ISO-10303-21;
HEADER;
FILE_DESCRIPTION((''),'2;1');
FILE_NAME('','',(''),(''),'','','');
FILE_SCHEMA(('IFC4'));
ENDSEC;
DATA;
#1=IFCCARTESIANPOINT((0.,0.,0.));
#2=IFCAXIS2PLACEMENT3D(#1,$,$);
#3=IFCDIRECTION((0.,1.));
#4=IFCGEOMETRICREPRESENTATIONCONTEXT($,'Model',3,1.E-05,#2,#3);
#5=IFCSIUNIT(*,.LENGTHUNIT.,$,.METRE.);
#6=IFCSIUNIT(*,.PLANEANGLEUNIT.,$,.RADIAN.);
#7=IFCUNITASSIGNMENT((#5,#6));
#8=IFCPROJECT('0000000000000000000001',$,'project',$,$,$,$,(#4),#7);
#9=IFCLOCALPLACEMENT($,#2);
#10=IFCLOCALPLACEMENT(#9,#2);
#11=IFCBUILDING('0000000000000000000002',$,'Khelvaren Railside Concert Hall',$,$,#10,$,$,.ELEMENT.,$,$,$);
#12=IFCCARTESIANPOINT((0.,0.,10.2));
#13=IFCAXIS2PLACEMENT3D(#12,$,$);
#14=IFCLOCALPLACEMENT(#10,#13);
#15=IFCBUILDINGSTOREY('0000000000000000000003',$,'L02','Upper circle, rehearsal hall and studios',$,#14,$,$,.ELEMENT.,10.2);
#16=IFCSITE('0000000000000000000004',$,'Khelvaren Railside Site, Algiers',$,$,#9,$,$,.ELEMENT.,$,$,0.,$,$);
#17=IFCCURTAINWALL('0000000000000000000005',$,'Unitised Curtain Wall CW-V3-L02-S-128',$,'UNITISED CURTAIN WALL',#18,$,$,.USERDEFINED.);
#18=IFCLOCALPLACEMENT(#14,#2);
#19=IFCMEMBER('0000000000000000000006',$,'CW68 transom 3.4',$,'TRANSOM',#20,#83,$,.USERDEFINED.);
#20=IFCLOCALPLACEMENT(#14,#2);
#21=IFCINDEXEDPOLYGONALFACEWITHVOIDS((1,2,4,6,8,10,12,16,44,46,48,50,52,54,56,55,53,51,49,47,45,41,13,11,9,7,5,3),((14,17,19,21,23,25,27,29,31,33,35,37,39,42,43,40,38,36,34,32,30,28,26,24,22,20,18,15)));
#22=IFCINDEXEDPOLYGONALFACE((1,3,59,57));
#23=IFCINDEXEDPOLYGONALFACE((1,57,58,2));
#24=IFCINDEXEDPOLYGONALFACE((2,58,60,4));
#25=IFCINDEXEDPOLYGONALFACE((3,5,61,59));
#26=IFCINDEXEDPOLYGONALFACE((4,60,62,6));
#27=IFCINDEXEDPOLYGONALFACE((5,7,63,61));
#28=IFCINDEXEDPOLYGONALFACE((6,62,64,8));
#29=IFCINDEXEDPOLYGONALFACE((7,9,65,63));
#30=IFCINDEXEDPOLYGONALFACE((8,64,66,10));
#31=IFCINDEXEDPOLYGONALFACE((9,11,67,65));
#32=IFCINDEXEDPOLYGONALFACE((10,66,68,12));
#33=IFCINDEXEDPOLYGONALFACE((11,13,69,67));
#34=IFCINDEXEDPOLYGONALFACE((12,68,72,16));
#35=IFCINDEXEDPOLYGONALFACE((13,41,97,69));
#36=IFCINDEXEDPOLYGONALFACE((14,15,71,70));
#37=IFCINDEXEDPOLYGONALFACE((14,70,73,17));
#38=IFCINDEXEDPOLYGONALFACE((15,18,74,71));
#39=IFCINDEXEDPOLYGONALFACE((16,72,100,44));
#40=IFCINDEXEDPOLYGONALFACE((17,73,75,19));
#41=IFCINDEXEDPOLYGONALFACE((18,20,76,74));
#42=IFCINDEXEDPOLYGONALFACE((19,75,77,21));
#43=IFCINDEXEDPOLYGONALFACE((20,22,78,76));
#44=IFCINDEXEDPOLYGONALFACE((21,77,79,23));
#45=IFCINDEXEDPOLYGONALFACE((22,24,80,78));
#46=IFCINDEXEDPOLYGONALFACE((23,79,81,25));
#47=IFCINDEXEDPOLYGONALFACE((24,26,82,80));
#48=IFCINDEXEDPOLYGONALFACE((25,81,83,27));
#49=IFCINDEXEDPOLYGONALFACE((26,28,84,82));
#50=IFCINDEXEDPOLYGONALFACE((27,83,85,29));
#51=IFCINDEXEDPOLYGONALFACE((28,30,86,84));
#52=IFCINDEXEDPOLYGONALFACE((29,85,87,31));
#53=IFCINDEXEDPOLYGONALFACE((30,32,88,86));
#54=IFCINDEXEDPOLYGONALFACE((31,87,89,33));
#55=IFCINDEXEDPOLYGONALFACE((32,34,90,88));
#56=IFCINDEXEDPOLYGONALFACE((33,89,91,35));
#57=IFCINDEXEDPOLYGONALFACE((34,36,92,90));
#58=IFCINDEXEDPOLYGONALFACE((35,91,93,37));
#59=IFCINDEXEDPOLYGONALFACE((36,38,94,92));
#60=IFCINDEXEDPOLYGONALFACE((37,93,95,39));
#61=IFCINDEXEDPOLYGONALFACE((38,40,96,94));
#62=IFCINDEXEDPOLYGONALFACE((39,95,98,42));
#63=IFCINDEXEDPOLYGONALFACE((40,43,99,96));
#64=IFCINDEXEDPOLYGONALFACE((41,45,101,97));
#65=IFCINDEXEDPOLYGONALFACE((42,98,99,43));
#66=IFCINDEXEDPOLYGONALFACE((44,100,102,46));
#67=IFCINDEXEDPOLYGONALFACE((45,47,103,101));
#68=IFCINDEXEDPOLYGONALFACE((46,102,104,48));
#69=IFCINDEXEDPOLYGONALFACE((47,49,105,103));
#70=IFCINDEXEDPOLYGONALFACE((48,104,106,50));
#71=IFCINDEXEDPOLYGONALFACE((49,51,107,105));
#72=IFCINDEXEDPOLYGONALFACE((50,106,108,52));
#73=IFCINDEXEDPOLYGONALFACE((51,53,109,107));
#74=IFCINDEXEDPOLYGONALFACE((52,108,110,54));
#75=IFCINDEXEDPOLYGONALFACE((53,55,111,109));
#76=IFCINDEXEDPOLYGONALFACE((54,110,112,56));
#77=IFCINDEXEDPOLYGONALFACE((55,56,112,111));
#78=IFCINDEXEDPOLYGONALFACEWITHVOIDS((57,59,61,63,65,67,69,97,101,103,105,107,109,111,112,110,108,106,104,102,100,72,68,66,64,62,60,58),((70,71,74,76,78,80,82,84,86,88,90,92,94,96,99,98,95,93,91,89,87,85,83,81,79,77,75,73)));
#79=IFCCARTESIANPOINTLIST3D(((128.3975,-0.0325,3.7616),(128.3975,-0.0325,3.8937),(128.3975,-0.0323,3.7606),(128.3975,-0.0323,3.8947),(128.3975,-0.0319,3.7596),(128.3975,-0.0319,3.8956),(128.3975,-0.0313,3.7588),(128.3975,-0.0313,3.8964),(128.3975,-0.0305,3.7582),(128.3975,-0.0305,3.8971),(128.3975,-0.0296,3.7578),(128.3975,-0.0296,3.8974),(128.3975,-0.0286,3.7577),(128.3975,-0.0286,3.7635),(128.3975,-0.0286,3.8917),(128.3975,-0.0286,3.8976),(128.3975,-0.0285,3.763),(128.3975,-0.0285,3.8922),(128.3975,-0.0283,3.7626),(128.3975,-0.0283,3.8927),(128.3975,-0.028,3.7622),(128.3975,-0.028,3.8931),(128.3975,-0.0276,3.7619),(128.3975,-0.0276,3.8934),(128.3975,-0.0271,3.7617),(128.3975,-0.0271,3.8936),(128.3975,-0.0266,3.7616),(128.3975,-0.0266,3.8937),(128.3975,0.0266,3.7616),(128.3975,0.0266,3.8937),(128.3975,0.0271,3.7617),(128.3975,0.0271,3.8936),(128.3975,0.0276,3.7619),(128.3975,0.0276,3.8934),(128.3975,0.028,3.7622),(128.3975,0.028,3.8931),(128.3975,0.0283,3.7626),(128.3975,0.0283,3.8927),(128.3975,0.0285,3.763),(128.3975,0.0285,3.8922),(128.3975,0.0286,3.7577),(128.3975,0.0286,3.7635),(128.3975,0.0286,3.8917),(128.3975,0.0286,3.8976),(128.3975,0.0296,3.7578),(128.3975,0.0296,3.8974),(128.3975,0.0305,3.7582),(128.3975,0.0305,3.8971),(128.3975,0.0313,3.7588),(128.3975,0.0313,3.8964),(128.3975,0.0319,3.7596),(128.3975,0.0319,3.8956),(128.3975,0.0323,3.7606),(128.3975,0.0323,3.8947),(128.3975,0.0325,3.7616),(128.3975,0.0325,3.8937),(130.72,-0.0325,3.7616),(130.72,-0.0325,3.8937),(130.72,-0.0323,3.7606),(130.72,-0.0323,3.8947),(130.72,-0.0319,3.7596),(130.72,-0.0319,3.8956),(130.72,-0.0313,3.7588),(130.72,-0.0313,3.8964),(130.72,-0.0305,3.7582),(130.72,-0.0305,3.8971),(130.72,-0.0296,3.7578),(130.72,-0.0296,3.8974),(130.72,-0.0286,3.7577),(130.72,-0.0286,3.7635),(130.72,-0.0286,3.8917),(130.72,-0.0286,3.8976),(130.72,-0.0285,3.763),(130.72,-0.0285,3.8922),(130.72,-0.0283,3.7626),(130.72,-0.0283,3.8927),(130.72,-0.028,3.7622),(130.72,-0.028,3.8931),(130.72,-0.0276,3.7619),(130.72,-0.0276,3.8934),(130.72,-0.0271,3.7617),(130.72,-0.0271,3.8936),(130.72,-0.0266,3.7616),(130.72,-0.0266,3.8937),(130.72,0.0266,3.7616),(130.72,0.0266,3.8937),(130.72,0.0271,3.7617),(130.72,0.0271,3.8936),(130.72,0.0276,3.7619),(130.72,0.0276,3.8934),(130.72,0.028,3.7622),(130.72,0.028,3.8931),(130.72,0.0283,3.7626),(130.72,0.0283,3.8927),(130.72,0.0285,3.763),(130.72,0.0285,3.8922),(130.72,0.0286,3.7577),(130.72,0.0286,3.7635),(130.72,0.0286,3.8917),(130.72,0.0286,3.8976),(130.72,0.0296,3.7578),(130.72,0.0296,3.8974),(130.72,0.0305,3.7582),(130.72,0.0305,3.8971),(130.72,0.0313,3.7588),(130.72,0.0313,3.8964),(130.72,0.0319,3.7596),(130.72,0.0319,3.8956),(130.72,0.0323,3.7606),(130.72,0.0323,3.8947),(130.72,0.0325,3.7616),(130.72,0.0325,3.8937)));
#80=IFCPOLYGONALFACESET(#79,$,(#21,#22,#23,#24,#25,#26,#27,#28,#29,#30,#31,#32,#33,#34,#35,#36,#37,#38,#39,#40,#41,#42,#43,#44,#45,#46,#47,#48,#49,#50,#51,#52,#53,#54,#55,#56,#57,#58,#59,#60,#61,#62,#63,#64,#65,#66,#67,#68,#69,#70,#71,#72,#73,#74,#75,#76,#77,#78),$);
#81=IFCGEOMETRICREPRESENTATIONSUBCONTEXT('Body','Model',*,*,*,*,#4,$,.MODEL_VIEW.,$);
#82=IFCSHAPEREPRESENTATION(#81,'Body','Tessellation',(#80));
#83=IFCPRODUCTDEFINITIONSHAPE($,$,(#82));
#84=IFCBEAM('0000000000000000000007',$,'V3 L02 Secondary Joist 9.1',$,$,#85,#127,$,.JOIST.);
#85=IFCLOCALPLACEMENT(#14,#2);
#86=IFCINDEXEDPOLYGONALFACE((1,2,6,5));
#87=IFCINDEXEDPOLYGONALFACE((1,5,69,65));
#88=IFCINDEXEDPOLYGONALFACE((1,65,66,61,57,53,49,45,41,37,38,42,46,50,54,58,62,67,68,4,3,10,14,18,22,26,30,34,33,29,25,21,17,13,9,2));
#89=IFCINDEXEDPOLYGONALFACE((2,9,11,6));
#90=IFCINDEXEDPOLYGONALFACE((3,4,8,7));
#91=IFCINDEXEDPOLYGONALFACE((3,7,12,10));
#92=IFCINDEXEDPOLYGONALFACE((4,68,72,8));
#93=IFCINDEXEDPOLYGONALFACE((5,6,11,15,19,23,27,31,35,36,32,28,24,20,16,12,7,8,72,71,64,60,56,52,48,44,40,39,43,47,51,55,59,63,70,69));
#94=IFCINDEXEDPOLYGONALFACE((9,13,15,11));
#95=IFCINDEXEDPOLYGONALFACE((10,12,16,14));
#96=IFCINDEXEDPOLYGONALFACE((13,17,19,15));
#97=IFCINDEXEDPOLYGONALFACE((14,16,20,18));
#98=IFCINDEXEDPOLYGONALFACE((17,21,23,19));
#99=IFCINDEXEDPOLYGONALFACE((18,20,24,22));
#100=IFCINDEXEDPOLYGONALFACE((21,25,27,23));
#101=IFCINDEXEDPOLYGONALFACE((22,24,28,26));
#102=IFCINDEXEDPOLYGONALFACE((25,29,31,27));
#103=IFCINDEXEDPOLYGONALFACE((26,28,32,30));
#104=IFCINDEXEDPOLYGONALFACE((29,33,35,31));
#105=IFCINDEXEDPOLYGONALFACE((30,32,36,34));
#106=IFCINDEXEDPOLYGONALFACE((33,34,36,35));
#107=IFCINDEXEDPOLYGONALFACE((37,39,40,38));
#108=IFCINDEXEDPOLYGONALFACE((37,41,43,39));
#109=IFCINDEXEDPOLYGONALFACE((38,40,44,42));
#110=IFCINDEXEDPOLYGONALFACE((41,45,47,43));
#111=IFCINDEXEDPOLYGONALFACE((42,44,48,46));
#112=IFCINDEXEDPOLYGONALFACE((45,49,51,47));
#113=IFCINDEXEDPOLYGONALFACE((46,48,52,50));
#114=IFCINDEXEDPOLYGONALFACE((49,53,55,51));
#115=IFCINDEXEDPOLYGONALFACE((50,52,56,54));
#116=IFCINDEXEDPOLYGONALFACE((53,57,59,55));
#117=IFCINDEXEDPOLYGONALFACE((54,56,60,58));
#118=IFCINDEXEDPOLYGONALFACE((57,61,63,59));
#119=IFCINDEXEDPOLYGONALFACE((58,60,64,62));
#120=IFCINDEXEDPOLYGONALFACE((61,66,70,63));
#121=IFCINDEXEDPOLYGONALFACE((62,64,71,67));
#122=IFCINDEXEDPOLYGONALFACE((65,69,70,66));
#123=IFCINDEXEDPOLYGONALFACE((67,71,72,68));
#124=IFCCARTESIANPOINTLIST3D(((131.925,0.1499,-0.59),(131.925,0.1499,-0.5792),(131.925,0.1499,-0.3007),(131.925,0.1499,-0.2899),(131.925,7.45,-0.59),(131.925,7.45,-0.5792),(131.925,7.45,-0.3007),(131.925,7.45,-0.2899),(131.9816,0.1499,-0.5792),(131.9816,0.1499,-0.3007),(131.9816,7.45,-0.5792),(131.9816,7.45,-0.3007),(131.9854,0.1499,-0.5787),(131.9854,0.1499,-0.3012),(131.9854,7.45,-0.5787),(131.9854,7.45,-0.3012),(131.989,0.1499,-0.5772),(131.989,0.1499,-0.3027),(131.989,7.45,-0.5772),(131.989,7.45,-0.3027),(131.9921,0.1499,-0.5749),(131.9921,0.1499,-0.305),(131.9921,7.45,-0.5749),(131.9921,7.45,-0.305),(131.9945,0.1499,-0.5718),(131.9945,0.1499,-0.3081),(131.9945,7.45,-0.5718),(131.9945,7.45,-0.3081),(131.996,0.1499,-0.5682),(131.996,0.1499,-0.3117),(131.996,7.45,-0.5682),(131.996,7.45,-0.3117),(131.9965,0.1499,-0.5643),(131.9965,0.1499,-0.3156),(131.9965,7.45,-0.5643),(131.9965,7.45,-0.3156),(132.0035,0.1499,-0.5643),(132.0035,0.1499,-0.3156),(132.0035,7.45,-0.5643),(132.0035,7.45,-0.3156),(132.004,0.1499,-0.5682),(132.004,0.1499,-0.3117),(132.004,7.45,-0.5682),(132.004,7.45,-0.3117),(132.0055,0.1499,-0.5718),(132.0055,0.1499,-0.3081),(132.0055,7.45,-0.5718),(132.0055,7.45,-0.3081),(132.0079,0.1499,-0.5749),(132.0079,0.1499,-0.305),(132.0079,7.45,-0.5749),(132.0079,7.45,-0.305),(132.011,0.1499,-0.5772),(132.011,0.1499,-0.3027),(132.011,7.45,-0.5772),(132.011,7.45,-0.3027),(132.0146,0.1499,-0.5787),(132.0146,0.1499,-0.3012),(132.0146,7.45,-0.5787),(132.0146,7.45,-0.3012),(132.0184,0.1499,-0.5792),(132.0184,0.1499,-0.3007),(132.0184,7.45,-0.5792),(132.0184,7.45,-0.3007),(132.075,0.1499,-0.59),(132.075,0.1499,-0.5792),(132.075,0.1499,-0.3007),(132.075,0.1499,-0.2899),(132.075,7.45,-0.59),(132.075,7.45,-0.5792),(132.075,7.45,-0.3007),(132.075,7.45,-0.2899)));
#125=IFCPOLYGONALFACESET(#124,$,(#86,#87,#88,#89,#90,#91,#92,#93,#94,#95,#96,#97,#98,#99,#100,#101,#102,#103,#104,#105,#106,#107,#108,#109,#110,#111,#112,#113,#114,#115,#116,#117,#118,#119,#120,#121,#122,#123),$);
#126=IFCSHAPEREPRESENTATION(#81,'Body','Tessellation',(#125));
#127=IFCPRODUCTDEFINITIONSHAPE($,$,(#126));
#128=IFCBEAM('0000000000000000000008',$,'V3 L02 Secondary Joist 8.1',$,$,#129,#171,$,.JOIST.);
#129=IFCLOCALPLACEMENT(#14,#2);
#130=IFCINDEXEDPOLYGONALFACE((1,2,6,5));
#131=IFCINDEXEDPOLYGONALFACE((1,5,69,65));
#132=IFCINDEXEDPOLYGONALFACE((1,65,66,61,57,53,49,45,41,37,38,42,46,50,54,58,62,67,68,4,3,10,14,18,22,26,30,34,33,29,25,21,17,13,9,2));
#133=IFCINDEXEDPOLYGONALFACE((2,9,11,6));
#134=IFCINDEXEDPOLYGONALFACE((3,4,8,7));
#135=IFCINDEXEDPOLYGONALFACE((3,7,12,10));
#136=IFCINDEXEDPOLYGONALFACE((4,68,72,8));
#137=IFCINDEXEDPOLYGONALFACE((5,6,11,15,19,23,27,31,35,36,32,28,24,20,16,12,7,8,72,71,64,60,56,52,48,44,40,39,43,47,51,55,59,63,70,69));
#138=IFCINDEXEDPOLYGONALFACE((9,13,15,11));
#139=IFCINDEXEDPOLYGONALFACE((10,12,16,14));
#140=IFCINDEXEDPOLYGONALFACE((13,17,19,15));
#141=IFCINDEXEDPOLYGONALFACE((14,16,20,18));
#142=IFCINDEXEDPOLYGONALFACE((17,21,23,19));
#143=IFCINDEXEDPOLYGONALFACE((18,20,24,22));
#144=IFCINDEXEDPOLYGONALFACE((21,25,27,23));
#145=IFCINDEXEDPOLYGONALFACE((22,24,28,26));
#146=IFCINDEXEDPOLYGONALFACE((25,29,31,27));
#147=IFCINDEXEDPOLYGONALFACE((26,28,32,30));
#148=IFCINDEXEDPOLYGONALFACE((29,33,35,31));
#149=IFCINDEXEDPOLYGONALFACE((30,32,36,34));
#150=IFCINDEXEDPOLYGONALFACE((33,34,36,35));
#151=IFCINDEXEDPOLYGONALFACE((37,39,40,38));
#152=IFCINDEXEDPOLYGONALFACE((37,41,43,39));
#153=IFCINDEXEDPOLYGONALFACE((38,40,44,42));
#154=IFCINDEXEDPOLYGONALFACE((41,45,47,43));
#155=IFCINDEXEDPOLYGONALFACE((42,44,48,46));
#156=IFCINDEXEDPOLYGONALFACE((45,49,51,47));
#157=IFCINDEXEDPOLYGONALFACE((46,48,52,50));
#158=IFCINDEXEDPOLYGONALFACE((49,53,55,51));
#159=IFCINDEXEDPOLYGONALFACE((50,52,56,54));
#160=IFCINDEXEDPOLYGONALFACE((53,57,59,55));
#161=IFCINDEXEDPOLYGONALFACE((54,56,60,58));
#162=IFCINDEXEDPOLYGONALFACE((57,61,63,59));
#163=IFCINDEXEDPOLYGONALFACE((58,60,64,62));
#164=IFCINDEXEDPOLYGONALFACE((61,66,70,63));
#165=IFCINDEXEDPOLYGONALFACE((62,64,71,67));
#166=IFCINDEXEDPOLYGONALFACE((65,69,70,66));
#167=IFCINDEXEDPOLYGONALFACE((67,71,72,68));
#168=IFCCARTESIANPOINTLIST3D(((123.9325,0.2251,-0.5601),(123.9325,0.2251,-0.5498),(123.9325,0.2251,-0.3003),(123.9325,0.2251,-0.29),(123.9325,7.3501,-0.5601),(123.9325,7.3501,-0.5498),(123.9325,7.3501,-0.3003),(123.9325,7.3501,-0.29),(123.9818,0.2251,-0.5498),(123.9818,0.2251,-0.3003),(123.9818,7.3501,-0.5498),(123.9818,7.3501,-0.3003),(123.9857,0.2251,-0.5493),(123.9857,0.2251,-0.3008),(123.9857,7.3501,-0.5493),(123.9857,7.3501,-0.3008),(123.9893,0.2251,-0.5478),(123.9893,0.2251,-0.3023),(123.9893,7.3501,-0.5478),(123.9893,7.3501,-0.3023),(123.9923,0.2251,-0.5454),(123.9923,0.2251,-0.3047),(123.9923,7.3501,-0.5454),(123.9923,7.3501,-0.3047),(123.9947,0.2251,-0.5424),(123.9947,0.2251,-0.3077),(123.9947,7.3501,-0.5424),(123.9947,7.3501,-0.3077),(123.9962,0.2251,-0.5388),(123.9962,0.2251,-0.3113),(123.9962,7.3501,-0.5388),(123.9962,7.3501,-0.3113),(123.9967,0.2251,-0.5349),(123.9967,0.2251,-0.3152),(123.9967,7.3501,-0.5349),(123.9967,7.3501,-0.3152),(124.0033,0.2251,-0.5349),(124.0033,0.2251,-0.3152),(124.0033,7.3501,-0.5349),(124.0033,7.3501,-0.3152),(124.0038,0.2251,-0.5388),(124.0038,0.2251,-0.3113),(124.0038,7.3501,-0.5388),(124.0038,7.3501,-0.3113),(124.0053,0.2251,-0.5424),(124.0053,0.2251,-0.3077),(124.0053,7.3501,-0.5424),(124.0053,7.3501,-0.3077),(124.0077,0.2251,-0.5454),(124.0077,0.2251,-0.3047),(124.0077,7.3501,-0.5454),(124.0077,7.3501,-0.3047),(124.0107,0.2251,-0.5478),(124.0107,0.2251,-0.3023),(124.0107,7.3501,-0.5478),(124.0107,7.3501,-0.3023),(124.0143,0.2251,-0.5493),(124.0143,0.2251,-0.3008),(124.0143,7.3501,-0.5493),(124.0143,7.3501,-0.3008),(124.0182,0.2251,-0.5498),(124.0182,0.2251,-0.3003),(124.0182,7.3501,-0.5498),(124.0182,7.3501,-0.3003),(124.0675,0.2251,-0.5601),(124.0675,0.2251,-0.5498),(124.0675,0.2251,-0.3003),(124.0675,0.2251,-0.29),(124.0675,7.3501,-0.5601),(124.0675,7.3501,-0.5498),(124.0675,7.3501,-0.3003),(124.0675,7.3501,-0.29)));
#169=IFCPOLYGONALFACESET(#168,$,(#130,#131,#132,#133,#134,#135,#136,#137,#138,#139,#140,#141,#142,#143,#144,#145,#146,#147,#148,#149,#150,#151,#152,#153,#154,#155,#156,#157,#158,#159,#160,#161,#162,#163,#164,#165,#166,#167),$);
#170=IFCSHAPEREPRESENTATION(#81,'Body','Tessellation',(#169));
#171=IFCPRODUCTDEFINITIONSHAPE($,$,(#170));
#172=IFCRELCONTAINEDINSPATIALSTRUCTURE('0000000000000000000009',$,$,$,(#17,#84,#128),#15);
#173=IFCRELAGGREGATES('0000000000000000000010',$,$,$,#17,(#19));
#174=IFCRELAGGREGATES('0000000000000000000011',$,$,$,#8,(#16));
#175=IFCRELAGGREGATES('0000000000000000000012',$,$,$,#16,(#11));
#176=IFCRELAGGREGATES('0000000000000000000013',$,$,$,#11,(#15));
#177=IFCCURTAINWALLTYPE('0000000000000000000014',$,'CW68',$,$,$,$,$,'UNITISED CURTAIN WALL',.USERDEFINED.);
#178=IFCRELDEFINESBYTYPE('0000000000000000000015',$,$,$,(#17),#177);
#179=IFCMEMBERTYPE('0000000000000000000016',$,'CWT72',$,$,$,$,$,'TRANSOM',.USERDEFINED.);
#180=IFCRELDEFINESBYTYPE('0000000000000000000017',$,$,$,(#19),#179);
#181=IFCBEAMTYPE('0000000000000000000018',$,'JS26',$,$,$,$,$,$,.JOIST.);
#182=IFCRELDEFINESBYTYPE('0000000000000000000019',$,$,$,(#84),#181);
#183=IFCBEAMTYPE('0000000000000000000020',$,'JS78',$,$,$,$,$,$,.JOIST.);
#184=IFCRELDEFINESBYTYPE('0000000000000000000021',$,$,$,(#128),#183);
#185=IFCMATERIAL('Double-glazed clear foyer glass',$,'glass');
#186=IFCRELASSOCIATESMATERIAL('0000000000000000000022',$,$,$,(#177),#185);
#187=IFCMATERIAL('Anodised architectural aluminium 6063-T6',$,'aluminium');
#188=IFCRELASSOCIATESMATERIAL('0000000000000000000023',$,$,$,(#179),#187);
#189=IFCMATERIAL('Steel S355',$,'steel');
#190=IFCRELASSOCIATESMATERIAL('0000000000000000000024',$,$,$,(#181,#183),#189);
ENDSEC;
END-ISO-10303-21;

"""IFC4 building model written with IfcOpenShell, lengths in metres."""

from ifc_helpers import new_model, si_unit, direction, frame, origin, origin_2d, place, context, subcontext, project, spatial, hollow_rectangle, i_section, extrude, material, material_profile, profile_set, type_object, element, aggregate, save


model = new_model("IFC4")

# Units and contexts
model_context = context("Model", 3, precision=1e-05, world=origin(), true_north=direction((0.0, 1.0)))
body_context = subcontext(model_context, "Body", "Model", "MODEL_VIEW")
ifc_project = project(units=[si_unit("LENGTHUNIT", "METRE"), si_unit("PLANEANGLEUNIT", "RADIAN")], contexts=[model_context])

# Site, building, storey
site_placement = place(None, origin())
site = spatial("IfcSite", under=ifc_project, at=site_placement, Name="Khelvaren Railside Site, Algiers", CompositionType="ELEMENT", RefElevation=0.0)
building_placement = place(site_placement, origin())
building = spatial("IfcBuilding", under=site, at=building_placement, Name="Khelvaren Railside Concert Hall", CompositionType="ELEMENT")
storey_placement = place(building_placement, frame((0.0, 0.0, 10.2)))
storey = spatial("IfcBuildingStorey", under=building, at=storey_placement, Name="L02", Description="Upper circle, rehearsal hall and studios", CompositionType="ELEMENT", Elevation=10.2)

# Shared definitions
ifc_material_1 = material(Name="Steel S355", Category="steel")

# Curtain wall, member
ifc_material_2 = material(Name="Double-glazed clear foyer glass", Category="glass")
curtain_wall_type = type_object("IfcCurtainWallType", Name="CW68", ElementType="UNITISED CURTAIN WALL", PredefinedType="USERDEFINED", material=ifc_material_2)
curtain_wall_placement = place(storey_placement, origin())
curtain_wall = element("IfcCurtainWall", 1, at=curtain_wall_placement, inside=storey, type_object=curtain_wall_type, Name="Unitised Curtain Wall CW-V3-L02-S-128", ObjectType="UNITISED CURTAIN WALL", PredefinedType="USERDEFINED")
ifc_material_3 = material(Name="Anodised architectural aluminium 6063-T6", Category="aluminium")
ifc_material_profile_1 = material_profile(ifc_material_3, hollow_rectangle(XDim=0.0649, YDim=0.1399, WallThickness=0.0039, InnerFilletRadius=0.002, OuterFilletRadius=0.0039, at=origin_2d()), Name="CWT 65x140x4")
ifc_profile_set_1 = profile_set([ifc_material_profile_1], Name="Anodised architectural aluminium 6063-T6")
member_type_1 = type_object("IfcMemberType", Name="CWT72", ElementType="TRANSOM", PredefinedType="USERDEFINED", material=ifc_profile_set_1)
member_1_placement = place(storey_placement, frame((130.72, 0.0, 3.8276), z_axis=(-1.0, 0.0, 0.0), x_axis=(0.0, -1.0, 0.0)))
member_1 = element("IfcMember", 2, at=member_1_placement, type_object=member_type_1, Name="CW68 transom 3.4", ObjectType="TRANSOM", PredefinedType="USERDEFINED", context=body_context, shape_type="SweptSolid", body=[
    extrude(hollow_rectangle(XDim=0.0649, YDim=0.1399, WallThickness=0.0039, InnerFilletRadius=0.002, OuterFilletRadius=0.0039, at=origin_2d()), origin(), (0.0, 0.0, 1.0), 2.3225),
])

# Beams
ifc_material_profile_2 = material_profile(ifc_material_1, i_section(OverallWidth=0.1499, OverallDepth=0.3, WebThickness=0.0071, FlangeThickness=0.0107, FilletRadius=0.0149, at=origin_2d()), Name="IPE 300")
ifc_profile_set_2 = profile_set([ifc_material_profile_2], Name="Steel S355")
beam_type_1 = type_object("IfcBeamType", Name="JS26", PredefinedType="JOIST", material=ifc_profile_set_2)
beam_1_placement = place(storey_placement, frame((132.0, 0.1499, -0.4399), z_axis=(0.0, 1.0, 0.0), x_axis=(-1.0, 0.0, 0.0)))
element("IfcBeam", 3, at=beam_1_placement, inside=storey, type_object=beam_type_1, Name="V3 L02 Secondary Joist 9.1", PredefinedType="JOIST", context=body_context, shape_type="SweptSolid", body=[
    extrude(i_section(OverallWidth=0.1499, OverallDepth=0.3, WebThickness=0.0071, FlangeThickness=0.0107, FilletRadius=0.0149, at=origin_2d()), origin(), (0.0, 0.0, 1.0), 7.3),
])
ifc_material_profile_3 = material_profile(ifc_material_1, i_section(OverallWidth=0.135, OverallDepth=0.27, WebThickness=0.0066, FlangeThickness=0.0103, FilletRadius=0.0149, at=origin_2d()), Name="IPE 270")
ifc_profile_set_3 = profile_set([ifc_material_profile_3], Name="Steel S355")
beam_type_2 = type_object("IfcBeamType", Name="JS78", PredefinedType="JOIST", material=ifc_profile_set_3)
beam_2_placement = place(storey_placement, frame((124.0, 0.2251, -0.425), z_axis=(0.0, 1.0, 0.0), x_axis=(-1.0, 0.0, 0.0)))
element("IfcBeam", 4, at=beam_2_placement, inside=storey, type_object=beam_type_2, Name="V3 L02 Secondary Joist 8.1", PredefinedType="JOIST", context=body_context, shape_type="SweptSolid", body=[
    extrude(i_section(OverallWidth=0.135, OverallDepth=0.27, WebThickness=0.0066, FlangeThickness=0.0103, FilletRadius=0.0149, at=origin_2d()), origin(), (0.0, 0.0, 1.0), 7.125),
])

aggregate(curtain_wall, [member_1])

save(model, "model.ifc")
